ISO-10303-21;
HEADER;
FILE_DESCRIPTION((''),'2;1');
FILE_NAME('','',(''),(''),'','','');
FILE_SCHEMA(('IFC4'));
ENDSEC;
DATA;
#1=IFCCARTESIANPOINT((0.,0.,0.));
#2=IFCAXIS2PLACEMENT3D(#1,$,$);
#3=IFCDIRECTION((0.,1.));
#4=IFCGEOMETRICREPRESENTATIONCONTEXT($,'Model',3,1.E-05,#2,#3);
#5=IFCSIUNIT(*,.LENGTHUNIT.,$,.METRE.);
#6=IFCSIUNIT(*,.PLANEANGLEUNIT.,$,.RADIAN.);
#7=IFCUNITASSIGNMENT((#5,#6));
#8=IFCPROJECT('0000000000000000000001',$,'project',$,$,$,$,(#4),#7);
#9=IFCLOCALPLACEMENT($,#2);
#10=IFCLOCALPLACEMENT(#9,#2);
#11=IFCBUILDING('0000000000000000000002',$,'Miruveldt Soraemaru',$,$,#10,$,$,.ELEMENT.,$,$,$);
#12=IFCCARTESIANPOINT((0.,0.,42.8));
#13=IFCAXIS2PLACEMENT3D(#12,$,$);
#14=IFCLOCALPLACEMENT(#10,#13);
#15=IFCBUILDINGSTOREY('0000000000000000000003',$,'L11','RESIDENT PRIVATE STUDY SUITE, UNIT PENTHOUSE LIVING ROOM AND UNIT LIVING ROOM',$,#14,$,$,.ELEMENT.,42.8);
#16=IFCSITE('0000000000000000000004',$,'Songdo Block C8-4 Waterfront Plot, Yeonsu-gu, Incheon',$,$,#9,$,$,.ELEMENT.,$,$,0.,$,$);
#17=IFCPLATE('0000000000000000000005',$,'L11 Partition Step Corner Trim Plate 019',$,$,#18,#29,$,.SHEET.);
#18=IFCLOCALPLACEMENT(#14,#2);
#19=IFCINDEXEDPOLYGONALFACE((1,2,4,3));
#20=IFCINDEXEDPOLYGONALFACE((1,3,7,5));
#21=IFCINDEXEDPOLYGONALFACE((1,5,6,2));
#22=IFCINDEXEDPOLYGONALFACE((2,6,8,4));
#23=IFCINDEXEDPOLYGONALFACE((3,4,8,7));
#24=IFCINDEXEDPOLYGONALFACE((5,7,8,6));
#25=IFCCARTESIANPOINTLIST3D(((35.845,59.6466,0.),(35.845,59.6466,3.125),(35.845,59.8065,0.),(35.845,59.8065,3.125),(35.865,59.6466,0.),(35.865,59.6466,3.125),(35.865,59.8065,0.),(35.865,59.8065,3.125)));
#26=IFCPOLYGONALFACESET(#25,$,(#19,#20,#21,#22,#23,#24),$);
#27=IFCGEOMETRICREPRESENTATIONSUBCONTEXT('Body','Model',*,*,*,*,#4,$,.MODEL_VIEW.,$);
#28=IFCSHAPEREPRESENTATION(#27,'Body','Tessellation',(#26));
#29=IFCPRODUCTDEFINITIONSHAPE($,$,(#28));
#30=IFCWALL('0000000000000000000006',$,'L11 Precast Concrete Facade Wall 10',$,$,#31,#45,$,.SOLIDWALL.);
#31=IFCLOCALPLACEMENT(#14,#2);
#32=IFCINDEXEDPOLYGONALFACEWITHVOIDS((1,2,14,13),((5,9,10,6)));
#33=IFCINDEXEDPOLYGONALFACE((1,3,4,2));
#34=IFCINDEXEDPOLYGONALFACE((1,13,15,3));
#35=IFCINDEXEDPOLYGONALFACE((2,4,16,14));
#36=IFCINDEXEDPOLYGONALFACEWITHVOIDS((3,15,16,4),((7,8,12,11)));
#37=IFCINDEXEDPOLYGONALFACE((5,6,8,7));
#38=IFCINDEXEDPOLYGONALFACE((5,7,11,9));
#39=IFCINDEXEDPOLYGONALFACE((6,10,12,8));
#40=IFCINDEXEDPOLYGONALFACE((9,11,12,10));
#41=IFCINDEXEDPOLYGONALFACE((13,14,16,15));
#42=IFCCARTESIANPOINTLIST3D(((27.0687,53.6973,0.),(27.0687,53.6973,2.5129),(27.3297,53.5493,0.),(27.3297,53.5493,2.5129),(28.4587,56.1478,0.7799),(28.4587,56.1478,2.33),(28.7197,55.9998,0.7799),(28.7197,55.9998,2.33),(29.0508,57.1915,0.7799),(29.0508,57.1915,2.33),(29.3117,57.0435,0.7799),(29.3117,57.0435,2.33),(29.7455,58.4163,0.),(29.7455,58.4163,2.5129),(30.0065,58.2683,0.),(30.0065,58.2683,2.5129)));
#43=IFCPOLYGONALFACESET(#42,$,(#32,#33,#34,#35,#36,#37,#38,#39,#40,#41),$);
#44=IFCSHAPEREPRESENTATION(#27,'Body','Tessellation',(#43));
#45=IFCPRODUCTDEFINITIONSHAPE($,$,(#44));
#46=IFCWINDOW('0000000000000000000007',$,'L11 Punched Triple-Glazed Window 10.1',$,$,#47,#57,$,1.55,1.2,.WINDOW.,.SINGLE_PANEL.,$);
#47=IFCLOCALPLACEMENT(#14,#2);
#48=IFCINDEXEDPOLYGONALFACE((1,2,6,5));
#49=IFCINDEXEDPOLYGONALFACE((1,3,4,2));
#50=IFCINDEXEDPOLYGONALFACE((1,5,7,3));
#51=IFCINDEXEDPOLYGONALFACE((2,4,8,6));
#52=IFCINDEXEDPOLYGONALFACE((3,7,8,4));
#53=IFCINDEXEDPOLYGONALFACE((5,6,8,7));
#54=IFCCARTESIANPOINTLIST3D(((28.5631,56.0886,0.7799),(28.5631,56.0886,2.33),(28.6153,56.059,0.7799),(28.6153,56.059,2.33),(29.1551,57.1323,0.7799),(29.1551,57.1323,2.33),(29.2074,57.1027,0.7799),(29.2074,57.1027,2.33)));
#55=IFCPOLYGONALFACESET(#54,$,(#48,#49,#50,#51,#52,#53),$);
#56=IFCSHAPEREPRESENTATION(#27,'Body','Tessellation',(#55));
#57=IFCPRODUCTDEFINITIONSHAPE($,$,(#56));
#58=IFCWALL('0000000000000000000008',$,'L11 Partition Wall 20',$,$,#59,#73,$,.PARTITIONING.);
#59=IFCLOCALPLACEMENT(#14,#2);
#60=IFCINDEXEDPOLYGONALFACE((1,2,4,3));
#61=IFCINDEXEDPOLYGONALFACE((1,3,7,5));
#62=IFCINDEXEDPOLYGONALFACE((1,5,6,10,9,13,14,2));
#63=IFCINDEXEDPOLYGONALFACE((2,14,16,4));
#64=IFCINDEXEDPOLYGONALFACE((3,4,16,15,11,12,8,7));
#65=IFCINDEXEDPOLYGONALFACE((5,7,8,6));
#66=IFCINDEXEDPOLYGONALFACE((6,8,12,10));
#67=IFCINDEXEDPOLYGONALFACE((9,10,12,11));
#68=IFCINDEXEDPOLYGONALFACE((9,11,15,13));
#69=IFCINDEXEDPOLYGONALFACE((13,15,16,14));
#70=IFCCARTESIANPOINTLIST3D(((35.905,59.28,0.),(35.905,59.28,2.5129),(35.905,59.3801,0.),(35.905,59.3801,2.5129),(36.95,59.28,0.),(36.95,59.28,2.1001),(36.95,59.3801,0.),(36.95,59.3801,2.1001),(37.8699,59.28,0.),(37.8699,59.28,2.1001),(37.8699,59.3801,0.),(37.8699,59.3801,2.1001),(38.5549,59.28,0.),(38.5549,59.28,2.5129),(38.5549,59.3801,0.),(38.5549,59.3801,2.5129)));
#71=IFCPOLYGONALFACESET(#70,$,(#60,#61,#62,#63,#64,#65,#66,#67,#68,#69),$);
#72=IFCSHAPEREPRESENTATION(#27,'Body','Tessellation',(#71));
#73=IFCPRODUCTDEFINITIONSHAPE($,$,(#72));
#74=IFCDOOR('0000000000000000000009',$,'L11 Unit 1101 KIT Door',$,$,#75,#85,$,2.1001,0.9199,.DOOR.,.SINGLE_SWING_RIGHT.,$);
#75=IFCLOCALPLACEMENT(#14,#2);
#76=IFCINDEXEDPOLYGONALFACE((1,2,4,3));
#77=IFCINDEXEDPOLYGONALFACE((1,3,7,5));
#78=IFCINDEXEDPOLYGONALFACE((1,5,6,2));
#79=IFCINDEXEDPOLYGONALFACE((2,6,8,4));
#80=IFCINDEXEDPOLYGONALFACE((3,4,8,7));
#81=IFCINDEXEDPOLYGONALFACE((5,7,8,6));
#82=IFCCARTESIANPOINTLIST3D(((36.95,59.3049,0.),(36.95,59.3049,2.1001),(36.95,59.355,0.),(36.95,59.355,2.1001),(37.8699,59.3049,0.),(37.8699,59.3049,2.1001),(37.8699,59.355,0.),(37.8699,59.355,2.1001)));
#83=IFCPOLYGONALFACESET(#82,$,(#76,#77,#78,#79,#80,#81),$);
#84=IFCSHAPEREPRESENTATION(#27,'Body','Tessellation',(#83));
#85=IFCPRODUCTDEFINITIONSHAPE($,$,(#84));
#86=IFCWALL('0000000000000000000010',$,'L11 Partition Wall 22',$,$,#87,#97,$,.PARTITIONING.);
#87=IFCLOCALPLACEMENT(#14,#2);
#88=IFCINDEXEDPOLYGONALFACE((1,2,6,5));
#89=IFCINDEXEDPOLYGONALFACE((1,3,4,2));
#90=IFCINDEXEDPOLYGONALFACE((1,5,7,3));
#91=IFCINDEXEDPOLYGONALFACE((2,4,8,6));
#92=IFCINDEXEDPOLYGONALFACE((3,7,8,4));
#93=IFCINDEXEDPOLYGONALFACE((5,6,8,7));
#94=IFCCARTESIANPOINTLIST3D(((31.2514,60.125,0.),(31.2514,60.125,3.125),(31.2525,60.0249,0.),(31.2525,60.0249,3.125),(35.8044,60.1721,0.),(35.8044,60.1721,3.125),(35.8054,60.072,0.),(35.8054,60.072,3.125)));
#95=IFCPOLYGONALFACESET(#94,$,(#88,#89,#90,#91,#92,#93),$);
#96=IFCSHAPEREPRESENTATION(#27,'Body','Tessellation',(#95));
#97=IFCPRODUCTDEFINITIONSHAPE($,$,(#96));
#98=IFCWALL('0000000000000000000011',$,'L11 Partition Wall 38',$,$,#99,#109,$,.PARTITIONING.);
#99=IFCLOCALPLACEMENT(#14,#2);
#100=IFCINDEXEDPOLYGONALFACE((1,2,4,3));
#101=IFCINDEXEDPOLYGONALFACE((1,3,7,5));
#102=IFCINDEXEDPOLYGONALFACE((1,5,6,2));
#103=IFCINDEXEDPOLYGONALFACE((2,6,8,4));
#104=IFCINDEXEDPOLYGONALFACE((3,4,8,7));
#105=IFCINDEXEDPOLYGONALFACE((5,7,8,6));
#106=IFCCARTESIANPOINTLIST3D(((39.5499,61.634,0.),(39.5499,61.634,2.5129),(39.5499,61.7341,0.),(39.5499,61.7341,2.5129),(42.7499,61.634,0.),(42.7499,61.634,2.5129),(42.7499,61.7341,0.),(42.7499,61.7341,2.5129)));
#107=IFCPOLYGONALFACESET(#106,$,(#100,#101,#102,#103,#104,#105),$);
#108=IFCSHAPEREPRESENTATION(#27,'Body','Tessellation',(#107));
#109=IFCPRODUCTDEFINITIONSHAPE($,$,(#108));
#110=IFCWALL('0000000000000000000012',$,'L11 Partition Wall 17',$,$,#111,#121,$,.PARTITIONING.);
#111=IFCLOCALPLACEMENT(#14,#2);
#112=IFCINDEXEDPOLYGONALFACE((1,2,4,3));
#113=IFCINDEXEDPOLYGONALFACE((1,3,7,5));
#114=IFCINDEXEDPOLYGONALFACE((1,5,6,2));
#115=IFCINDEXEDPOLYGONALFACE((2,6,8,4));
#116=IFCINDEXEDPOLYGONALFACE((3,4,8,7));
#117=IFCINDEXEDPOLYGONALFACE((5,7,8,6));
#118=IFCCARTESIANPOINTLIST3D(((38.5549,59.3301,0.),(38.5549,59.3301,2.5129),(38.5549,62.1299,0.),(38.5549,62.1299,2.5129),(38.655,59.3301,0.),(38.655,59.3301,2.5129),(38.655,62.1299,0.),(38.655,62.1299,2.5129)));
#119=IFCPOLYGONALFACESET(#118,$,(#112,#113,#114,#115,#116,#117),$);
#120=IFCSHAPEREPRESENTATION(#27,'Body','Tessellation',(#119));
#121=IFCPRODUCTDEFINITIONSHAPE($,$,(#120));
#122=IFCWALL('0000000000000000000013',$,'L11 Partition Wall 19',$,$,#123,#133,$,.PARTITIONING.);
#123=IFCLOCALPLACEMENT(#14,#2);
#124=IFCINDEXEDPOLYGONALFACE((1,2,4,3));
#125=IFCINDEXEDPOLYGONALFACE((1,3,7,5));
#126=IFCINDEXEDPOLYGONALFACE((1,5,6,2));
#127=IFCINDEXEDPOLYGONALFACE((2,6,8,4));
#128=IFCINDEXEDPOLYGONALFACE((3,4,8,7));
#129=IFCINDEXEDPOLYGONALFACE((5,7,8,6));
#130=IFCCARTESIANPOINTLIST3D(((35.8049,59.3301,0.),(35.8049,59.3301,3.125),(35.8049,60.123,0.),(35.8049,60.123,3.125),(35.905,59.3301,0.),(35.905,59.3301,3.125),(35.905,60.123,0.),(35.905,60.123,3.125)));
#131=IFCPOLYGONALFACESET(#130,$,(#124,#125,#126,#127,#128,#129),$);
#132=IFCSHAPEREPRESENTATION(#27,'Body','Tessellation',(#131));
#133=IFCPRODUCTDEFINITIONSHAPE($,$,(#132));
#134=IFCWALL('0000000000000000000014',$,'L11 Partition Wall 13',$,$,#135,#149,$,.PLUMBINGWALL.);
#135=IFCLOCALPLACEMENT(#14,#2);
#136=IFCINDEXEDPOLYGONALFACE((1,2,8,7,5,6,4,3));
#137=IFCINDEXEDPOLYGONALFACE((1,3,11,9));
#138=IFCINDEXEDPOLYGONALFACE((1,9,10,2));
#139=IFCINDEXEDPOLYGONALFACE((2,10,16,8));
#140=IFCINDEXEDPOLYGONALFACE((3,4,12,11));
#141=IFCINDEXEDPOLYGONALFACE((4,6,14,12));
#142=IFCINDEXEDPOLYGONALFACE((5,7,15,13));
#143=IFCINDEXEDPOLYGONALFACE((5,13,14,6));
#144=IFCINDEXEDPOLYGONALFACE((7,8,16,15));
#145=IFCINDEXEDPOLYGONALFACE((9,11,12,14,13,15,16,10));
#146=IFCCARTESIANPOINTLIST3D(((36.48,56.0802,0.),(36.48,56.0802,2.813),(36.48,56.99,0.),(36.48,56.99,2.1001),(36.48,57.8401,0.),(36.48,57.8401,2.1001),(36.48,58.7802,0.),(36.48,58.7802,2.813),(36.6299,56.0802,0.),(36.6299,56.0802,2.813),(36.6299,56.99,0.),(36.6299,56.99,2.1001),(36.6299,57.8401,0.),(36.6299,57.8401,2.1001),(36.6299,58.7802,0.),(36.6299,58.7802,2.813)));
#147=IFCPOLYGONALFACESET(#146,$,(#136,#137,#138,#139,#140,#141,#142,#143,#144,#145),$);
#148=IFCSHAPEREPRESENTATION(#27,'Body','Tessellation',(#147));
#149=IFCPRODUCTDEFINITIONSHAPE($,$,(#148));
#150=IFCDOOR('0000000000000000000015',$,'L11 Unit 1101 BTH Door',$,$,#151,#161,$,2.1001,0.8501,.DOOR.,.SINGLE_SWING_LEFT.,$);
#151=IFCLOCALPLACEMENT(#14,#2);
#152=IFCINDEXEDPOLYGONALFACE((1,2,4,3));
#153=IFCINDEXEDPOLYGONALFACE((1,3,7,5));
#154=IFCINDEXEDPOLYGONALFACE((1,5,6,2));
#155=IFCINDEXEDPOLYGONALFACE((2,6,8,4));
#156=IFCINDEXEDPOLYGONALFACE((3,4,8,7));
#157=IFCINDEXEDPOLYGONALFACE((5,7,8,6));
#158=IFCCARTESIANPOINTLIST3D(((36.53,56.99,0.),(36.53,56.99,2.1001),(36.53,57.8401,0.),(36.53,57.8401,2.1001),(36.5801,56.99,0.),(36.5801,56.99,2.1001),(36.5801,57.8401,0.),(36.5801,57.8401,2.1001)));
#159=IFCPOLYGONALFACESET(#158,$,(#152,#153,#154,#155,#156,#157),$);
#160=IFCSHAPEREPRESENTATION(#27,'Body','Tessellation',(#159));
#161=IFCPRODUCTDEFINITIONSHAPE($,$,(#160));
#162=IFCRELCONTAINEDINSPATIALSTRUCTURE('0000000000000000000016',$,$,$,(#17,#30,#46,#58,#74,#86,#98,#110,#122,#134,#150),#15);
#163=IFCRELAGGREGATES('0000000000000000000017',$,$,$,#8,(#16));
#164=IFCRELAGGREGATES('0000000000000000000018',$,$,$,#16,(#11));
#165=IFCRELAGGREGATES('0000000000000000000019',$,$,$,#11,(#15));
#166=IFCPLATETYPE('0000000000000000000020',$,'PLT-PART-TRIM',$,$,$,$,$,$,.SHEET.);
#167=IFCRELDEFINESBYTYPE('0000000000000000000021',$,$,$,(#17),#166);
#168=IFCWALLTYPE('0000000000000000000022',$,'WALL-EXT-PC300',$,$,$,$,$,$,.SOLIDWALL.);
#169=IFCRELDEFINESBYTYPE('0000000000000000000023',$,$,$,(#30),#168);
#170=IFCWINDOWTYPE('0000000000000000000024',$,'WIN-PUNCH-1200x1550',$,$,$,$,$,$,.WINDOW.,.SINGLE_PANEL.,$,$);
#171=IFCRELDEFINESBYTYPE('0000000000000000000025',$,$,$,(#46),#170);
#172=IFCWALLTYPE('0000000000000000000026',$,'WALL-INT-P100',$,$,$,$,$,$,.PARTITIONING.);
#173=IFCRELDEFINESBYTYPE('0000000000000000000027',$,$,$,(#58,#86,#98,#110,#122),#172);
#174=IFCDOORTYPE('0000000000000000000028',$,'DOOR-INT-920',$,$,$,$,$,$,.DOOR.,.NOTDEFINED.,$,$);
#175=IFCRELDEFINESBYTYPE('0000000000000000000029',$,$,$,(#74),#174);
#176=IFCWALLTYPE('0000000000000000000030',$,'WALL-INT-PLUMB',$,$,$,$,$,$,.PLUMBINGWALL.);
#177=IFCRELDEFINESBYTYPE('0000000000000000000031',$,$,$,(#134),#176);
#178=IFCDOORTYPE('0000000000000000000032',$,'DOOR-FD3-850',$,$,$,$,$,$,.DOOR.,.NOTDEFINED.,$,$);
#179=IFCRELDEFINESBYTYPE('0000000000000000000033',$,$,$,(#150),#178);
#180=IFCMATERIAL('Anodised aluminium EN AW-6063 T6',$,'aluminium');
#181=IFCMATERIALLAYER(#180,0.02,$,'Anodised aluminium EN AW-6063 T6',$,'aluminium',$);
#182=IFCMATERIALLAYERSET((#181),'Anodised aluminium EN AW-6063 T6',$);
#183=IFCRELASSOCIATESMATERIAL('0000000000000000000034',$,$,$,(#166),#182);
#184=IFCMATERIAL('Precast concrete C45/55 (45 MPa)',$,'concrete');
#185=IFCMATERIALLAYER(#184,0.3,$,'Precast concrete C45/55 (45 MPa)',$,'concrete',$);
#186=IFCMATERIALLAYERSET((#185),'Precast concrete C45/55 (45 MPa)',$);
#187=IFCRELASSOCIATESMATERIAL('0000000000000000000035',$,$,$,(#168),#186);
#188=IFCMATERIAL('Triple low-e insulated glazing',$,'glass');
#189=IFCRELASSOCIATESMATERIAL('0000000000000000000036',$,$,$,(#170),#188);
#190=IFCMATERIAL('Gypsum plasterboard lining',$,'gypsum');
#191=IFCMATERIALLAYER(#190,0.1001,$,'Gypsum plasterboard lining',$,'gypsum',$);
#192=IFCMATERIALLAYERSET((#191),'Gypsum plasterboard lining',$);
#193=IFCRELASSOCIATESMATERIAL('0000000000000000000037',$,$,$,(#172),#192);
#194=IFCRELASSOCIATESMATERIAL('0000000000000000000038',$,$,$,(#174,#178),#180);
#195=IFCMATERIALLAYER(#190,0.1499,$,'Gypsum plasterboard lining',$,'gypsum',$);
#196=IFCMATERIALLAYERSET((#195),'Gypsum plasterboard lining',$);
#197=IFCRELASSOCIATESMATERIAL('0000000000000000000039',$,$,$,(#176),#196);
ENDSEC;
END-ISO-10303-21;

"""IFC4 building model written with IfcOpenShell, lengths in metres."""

from ifc_helpers import new_model, si_unit, direction, frame, frame_2d, origin, origin_2d, place, context, subcontext, project, spatial, rectangle, extrude, material, layer, layer_set, type_object, element, fill, save


model = new_model("IFC4")

# Units and contexts
model_context = context("Model", 3, precision=1e-05, world=origin(), true_north=direction((0.0, 1.0)))
body_context = subcontext(model_context, "Body", "Model", "MODEL_VIEW")
ifc_project = project(units=[si_unit("LENGTHUNIT", "METRE"), si_unit("PLANEANGLEUNIT", "RADIAN")], contexts=[model_context])

# Site, building, storey
site_placement = place(None, origin())
site = spatial("IfcSite", under=ifc_project, at=site_placement, Name="Songdo Block C8-4 Waterfront Plot, Yeonsu-gu, Incheon", CompositionType="ELEMENT", RefElevation=0.0)
building_placement = place(site_placement, origin())
building = spatial("IfcBuilding", under=site, at=building_placement, Name="Miruveldt Soraemaru", CompositionType="ELEMENT")
storey_placement = place(building_placement, frame((0.0, 0.0, 42.8)))
storey = spatial("IfcBuildingStorey", under=building, at=storey_placement, Name="L11", Description="RESIDENT PRIVATE STUDY SUITE, UNIT PENTHOUSE LIVING ROOM AND UNIT LIVING ROOM", CompositionType="ELEMENT", Elevation=42.8)

# Plate
ifc_material_1 = material(Name="Anodised aluminium EN AW-6063 T6", Category="aluminium")
ifc_layer_1 = layer(ifc_material_1, 0.02, Name="Anodised aluminium EN AW-6063 T6", Category="aluminium")
ifc_layer_set_1 = layer_set([ifc_layer_1], Name="Anodised aluminium EN AW-6063 T6")
plate_type = type_object("IfcPlateType", Name="PLT-PART-TRIM", PredefinedType="SHEET", material=ifc_layer_set_1)
plate_placement = place(storey_placement, frame((35.855, 59.7266, 0.0), z_axis=(0.0, 0.0, 1.0), x_axis=(0.0, -1.0, 0.0)))
element("IfcPlate", 1, at=plate_placement, inside=storey, type_object=plate_type, Name="L11 Partition Step Corner Trim Plate 019", PredefinedType="SHEET", context=body_context, shape_type="SweptSolid", body=[
    extrude(rectangle(XDim=0.1599, YDim=0.02, at=origin_2d()), origin(), (0.0, 0.0, 1.0), 3.125),
])

# Wall, opening, window
ifc_material_2 = material(Name="Precast concrete C45/55 (45 MPa)", Category="concrete")
ifc_layer_2 = layer(ifc_material_2, 0.3, Name="Precast concrete C45/55 (45 MPa)", Category="concrete")
ifc_layer_set_2 = layer_set([ifc_layer_2], Name="Precast concrete C45/55 (45 MPa)")
wall_type_1 = type_object("IfcWallType", Name="WALL-EXT-PC300", PredefinedType="SOLIDWALL", material=ifc_layer_set_2)
wall_1_placement = place(storey_placement, frame((29.876, 58.3423, 0.0), z_axis=(0.0, 0.0, 1.0), x_axis=(-0.493384, -0.869812, 0.0)))
wall_1 = element("IfcWall", 2, at=wall_1_placement, inside=storey, type_object=wall_type_1, Name="L11 Precast Concrete Facade Wall 10", PredefinedType="SOLIDWALL", context=body_context, shape_type="SweptSolid", body=[
    extrude(rectangle(XDim=5.4253, YDim=0.3, at=frame_2d((2.7126, 0.0))), origin(), (0.0, 0.0, 1.0), 2.5129),
])
opening_1_placement = place(wall_1_placement, frame((1.408, 0.0, 0.78)))
opening_1 = element("IfcOpeningElement", 3, at=opening_1_placement, cuts=wall_1, PredefinedType="OPENING", context=body_context, shape_type="SweptSolid", body=[
    extrude(rectangle(XDim=1.2, YDim=1.55, at=frame_2d((0.6001, 0.7749))), frame((0.0, 0.1602, 0.0), z_axis=(0.0, -1.0, 0.0), x_axis=(1.0, 0.0, 0.0)), (0.0, 0.0, 1.0), 0.3201),
])
ifc_material_3 = material(Name="Triple low-e insulated glazing", Category="glass")
window_type = type_object("IfcWindowType", Name="WIN-PUNCH-1200x1550", PartitioningType="SINGLE_PANEL", PredefinedType="WINDOW", material=ifc_material_3)
window_placement = place(opening_1_placement, origin())
window = element("IfcWindow", 4, at=window_placement, inside=storey, type_object=window_type, Name="L11 Punched Triple-Glazed Window 10.1", OverallHeight=1.55, OverallWidth=1.2, PartitioningType="SINGLE_PANEL", PredefinedType="WINDOW", context=body_context, shape_type="SweptSolid", body=[
    extrude(rectangle(XDim=1.2, YDim=1.55, at=frame_2d((0.6001, 0.7749))), frame((0.0, 0.03, 0.0), z_axis=(0.0, -1.0, 0.0), x_axis=(1.0, 0.0, 0.0)), (0.0, 0.0, 1.0), 0.0601),
])
fill(opening_1, window)

# Wall, opening, door
ifc_material_4 = material(Name="Gypsum plasterboard lining", Category="gypsum")
ifc_layer_3 = layer(ifc_material_4, 0.1001, Name="Gypsum plasterboard lining", Category="gypsum")
ifc_layer_set_3 = layer_set([ifc_layer_3], Name="Gypsum plasterboard lining")
wall_type_2 = type_object("IfcWallType", Name="WALL-INT-P100", PredefinedType="PARTITIONING", material=ifc_layer_set_3)
wall_2_placement = place(storey_placement, frame((35.905, 59.3301, 0.0), z_axis=(0.0, 0.0, 1.0), x_axis=(1.0, 0.0, 0.0)))
wall_2 = element("IfcWall", 5, at=wall_2_placement, inside=storey, type_object=wall_type_2, Name="L11 Partition Wall 20", PredefinedType="PARTITIONING", context=body_context, shape_type="SweptSolid", body=[
    extrude(rectangle(XDim=2.6499, YDim=0.1001, at=frame_2d((1.325, 0.0))), origin(), (0.0, 0.0, 1.0), 2.5129),
])
opening_2_placement = place(wall_2_placement, frame((1.0449, 0.0, 0.0)))
opening_2 = element("IfcOpeningElement", 6, at=opening_2_placement, cuts=wall_2, PredefinedType="OPENING", context=body_context, shape_type="SweptSolid", body=[
    extrude(rectangle(XDim=0.9199, YDim=2.1001, at=frame_2d((0.46, 1.05))), frame((0.0, 0.0601, 0.0), z_axis=(0.0, -1.0, 0.0), x_axis=(1.0, 0.0, 0.0)), (0.0, 0.0, 1.0), 0.1201),
])
door_type_1 = type_object("IfcDoorType", Name="DOOR-INT-920", OperationType="NOTDEFINED", PredefinedType="DOOR", material=ifc_material_1)
door_1_placement = place(opening_2_placement, origin())
door_1 = element("IfcDoor", 7, at=door_1_placement, inside=storey, type_object=door_type_1, Name="L11 Unit 1101 KIT Door", OperationType="SINGLE_SWING_RIGHT", OverallHeight=2.1001, OverallWidth=0.9199, PredefinedType="DOOR", context=body_context, shape_type="SweptSolid", body=[
    extrude(rectangle(XDim=0.9199, YDim=2.1001, at=frame_2d((0.46, 1.05))), frame((0.0, 0.0249, 0.0), z_axis=(0.0, -1.0, 0.0), x_axis=(1.0, 0.0, 0.0)), (0.0, 0.0, 1.0), 0.05),
])
fill(opening_2, door_1)

# Walls
wall_3_placement = place(storey_placement, frame((35.8049, 60.1221, 0.0), z_axis=(0.0, 0.0, 1.0), x_axis=(-0.999946, -0.010349, 0.0)))
element("IfcWall", 8, at=wall_3_placement, inside=storey, type_object=wall_type_2, Name="L11 Partition Wall 22", PredefinedType="PARTITIONING", context=body_context, shape_type="SweptSolid", body=[
    extrude(rectangle(XDim=4.5532, YDim=0.1001, at=frame_2d((2.2766, 0.0))), origin(), (0.0, 0.0, 1.0), 3.125),
])
wall_4_placement = place(storey_placement, frame((42.75, 61.6841, 0.0), z_axis=(0.0, 0.0, 1.0), x_axis=(-1.0, 0.0, 0.0)))
element("IfcWall", 9, at=wall_4_placement, inside=storey, type_object=wall_type_2, Name="L11 Partition Wall 38", PredefinedType="PARTITIONING", context=body_context, shape_type="SweptSolid", body=[
    extrude(rectangle(XDim=3.2, YDim=0.1001, at=frame_2d((1.6001, 0.0))), origin(), (0.0, 0.0, 1.0), 2.5129),
])
wall_5_placement = place(storey_placement, frame((38.605, 59.3301, 0.0), z_axis=(0.0, 0.0, 1.0), x_axis=(0.0, 1.0, 0.0)))
element("IfcWall", 10, at=wall_5_placement, inside=storey, type_object=wall_type_2, Name="L11 Partition Wall 17", PredefinedType="PARTITIONING", context=body_context, shape_type="SweptSolid", body=[
    extrude(rectangle(XDim=2.7998, YDim=0.1001, at=frame_2d((1.3999, 0.0))), origin(), (0.0, 0.0, 1.0), 2.5129),
])
wall_6_placement = place(storey_placement, frame((35.855, 60.123, 0.0), z_axis=(0.0, 0.0, 1.0), x_axis=(0.0, -1.0, 0.0)))
element("IfcWall", 11, at=wall_6_placement, inside=storey, type_object=wall_type_2, Name="L11 Partition Wall 19", PredefinedType="PARTITIONING", context=body_context, shape_type="SweptSolid", body=[
    extrude(rectangle(XDim=0.793, YDim=0.1001, at=frame_2d((0.3965, 0.0))), origin(), (0.0, 0.0, 1.0), 3.125),
])

# Wall, opening, door
ifc_layer_4 = layer(ifc_material_4, 0.1499, Name="Gypsum plasterboard lining", Category="gypsum")
ifc_layer_set_4 = layer_set([ifc_layer_4], Name="Gypsum plasterboard lining")
wall_type_3 = type_object("IfcWallType", Name="WALL-INT-PLUMB", PredefinedType="PLUMBINGWALL", material=ifc_layer_set_4)
wall_7_placement = place(storey_placement, frame((36.5549, 56.0801, 0.0), z_axis=(0.0, 0.0, 1.0), x_axis=(0.0, 1.0, 0.0)))
wall_7 = element("IfcWall", 12, at=wall_7_placement, inside=storey, type_object=wall_type_3, Name="L11 Partition Wall 13", PredefinedType="PLUMBINGWALL", context=body_context, shape_type="SweptSolid", body=[
    extrude(rectangle(XDim=2.7, YDim=0.1499, at=frame_2d((1.3501, 0.0))), origin(), (0.0, 0.0, 1.0), 2.813),
])
opening_3_placement = place(wall_7_placement, frame((0.9099, 0.0, 0.0)))
opening_3 = element("IfcOpeningElement", 13, at=opening_3_placement, cuts=wall_7, PredefinedType="OPENING", context=body_context, shape_type="SweptSolid", body=[
    extrude(rectangle(XDim=0.8501, YDim=2.1001, at=frame_2d((0.425, 1.05))), frame((0.0, 0.085, 0.0), z_axis=(0.0, -1.0, 0.0), x_axis=(1.0, 0.0, 0.0)), (0.0, 0.0, 1.0), 0.1699),
])
door_type_2 = type_object("IfcDoorType", Name="DOOR-FD3-850", OperationType="NOTDEFINED", PredefinedType="DOOR", material=ifc_material_1)
door_2_placement = place(opening_3_placement, origin())
door_2 = element("IfcDoor", 14, at=door_2_placement, inside=storey, type_object=door_type_2, Name="L11 Unit 1101 BTH Door", OperationType="SINGLE_SWING_LEFT", OverallHeight=2.1001, OverallWidth=0.8501, PredefinedType="DOOR", context=body_context, shape_type="SweptSolid", body=[
    extrude(rectangle(XDim=0.8501, YDim=2.1001, at=frame_2d((0.425, 1.05))), frame((0.0, 0.0249, 0.0), z_axis=(0.0, -1.0, 0.0), x_axis=(1.0, 0.0, 0.0)), (0.0, 0.0, 1.0), 0.05),
])
fill(opening_3, door_2)

save(model, "model.ifc")
